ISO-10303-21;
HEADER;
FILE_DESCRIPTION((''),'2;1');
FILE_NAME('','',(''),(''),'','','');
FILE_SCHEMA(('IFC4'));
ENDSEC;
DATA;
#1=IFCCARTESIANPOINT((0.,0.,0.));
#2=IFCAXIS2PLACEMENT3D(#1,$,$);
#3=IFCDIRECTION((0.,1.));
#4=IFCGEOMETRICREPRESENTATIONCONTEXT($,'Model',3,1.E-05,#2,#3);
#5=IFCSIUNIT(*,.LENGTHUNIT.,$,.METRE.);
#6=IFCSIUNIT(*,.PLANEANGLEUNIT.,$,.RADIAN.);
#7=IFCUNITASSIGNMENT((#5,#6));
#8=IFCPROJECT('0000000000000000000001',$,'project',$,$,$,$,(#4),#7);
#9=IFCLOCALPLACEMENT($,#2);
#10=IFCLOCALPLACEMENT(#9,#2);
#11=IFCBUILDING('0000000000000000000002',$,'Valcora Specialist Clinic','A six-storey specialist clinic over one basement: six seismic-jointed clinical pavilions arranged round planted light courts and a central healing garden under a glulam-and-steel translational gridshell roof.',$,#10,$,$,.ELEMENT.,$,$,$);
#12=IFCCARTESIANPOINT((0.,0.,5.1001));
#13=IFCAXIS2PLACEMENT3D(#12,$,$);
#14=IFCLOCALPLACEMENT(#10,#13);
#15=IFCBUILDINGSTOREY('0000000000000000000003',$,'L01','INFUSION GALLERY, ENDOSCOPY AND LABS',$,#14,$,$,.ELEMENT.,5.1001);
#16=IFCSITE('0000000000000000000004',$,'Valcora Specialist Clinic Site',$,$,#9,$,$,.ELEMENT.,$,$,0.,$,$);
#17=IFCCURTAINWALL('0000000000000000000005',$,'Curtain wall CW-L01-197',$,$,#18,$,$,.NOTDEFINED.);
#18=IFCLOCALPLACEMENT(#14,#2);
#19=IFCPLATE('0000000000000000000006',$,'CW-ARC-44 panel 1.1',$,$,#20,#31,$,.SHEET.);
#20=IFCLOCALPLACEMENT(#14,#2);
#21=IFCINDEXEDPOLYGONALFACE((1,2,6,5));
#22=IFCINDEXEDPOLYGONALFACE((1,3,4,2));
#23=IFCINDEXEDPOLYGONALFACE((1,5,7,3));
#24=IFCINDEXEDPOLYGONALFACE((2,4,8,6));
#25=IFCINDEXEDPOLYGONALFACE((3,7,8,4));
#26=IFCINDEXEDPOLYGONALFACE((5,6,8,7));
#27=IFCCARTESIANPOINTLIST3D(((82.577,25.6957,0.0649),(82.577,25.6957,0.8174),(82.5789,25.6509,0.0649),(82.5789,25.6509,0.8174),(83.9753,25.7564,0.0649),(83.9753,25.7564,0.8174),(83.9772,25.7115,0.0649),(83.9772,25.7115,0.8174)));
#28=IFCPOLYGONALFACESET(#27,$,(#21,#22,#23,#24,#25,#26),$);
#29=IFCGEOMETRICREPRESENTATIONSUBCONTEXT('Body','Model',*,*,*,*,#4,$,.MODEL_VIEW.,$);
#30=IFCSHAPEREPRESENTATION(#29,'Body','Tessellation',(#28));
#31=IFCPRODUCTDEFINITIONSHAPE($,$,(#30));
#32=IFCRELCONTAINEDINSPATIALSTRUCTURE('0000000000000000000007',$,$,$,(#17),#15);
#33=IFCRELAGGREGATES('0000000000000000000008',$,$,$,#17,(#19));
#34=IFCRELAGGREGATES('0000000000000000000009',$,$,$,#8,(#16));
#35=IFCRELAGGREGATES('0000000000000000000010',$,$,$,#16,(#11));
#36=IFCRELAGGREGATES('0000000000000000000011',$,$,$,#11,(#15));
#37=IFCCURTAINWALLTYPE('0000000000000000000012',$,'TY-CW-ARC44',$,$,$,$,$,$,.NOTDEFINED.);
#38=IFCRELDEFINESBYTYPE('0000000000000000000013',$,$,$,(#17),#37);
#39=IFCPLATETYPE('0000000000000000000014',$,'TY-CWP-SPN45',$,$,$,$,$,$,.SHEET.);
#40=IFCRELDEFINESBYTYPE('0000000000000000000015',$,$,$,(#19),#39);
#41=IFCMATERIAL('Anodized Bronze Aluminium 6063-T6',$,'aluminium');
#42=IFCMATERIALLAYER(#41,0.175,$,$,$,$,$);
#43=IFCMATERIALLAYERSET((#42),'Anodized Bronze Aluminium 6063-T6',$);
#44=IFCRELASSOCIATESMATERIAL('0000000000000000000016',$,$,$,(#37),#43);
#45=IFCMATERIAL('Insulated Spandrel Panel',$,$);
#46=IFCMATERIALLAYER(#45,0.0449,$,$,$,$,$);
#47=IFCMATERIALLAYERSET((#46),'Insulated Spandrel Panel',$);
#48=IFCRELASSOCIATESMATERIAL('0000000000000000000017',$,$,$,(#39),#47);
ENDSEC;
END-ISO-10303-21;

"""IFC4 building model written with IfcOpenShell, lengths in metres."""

from ifc_helpers import new_model, si_unit, direction, frame, origin, origin_2d, place, context, subcontext, project, spatial, rectangle, extrude, material, layer, layer_set, type_object, element, aggregate, save


model = new_model("IFC4")

# Units and contexts
model_context = context("Model", 3, precision=1e-05, world=origin(), true_north=direction((0.0, 1.0)))
body_context = subcontext(model_context, "Body", "Model", "MODEL_VIEW")
ifc_project = project(units=[si_unit("LENGTHUNIT", "METRE"), si_unit("PLANEANGLEUNIT", "RADIAN")], contexts=[model_context])

# Site, building, storey
site_placement = place(None, origin())
site = spatial("IfcSite", under=ifc_project, at=site_placement, Name="Valcora Specialist Clinic Site", CompositionType="ELEMENT", RefElevation=0.0)
building_placement = place(site_placement, origin())
building = spatial("IfcBuilding", under=site, at=building_placement, Name="Valcora Specialist Clinic", Description="A six-storey specialist clinic over one basement: six seismic-jointed clinical pavilions arranged round planted light courts and a central healing garden under a glulam-and-steel translational gridshell roof.", CompositionType="ELEMENT")
storey_placement = place(building_placement, frame((0.0, 0.0, 5.1001)))
storey = spatial("IfcBuildingStorey", under=building, at=storey_placement, Name="L01", Description="INFUSION GALLERY, ENDOSCOPY AND LABS", CompositionType="ELEMENT", Elevation=5.1001)

# Shared definitions
ifc_material_1 = material(Name="Anodized Bronze Aluminium 6063-T6", Category="aluminium")
ifc_layer_1 = layer(ifc_material_1, 0.175)
ifc_layer_set_1 = layer_set([ifc_layer_1], Name="Anodized Bronze Aluminium 6063-T6")
curtain_wall_type = type_object("IfcCurtainWallType", Name="TY-CW-ARC44", PredefinedType="NOTDEFINED", material=ifc_layer_set_1)

# Curtain wall
curtain_wall_1_placement = place(storey_placement, origin())
curtain_wall_1 = element("IfcCurtainWall", 1, at=curtain_wall_1_placement, inside=storey, type_object=curtain_wall_type, Name="Curtain wall CW-L01-197", PredefinedType="NOTDEFINED")

# Plate
ifc_material_2 = material(Name="Insulated Spandrel Panel")
ifc_layer_2 = layer(ifc_material_2, 0.0449)
ifc_layer_set_2 = layer_set([ifc_layer_2], Name="Insulated Spandrel Panel")
plate_type_1 = type_object("IfcPlateType", Name="TY-CWP-SPN45", PredefinedType="SHEET", material=ifc_layer_set_2)
plate_1_placement = place(storey_placement, frame((83.2771, 25.7036, 0.0649), z_axis=(0.0, 0.0, 1.0), x_axis=(0.999062, 0.043307, 0.0)))
plate_1 = element("IfcPlate", 2, at=plate_1_placement, type_object=plate_type_1, Name="CW-ARC-44 panel 1.1", PredefinedType="SHEET", context=body_context, shape_type="SweptSolid", body=[
    extrude(rectangle(XDim=1.3997, YDim=0.0449, at=origin_2d()), origin(), (0.0, 0.0, 1.0), 0.7524),
])
aggregate(curtain_wall_1, [plate_1])

save(model, "model.ifc")
